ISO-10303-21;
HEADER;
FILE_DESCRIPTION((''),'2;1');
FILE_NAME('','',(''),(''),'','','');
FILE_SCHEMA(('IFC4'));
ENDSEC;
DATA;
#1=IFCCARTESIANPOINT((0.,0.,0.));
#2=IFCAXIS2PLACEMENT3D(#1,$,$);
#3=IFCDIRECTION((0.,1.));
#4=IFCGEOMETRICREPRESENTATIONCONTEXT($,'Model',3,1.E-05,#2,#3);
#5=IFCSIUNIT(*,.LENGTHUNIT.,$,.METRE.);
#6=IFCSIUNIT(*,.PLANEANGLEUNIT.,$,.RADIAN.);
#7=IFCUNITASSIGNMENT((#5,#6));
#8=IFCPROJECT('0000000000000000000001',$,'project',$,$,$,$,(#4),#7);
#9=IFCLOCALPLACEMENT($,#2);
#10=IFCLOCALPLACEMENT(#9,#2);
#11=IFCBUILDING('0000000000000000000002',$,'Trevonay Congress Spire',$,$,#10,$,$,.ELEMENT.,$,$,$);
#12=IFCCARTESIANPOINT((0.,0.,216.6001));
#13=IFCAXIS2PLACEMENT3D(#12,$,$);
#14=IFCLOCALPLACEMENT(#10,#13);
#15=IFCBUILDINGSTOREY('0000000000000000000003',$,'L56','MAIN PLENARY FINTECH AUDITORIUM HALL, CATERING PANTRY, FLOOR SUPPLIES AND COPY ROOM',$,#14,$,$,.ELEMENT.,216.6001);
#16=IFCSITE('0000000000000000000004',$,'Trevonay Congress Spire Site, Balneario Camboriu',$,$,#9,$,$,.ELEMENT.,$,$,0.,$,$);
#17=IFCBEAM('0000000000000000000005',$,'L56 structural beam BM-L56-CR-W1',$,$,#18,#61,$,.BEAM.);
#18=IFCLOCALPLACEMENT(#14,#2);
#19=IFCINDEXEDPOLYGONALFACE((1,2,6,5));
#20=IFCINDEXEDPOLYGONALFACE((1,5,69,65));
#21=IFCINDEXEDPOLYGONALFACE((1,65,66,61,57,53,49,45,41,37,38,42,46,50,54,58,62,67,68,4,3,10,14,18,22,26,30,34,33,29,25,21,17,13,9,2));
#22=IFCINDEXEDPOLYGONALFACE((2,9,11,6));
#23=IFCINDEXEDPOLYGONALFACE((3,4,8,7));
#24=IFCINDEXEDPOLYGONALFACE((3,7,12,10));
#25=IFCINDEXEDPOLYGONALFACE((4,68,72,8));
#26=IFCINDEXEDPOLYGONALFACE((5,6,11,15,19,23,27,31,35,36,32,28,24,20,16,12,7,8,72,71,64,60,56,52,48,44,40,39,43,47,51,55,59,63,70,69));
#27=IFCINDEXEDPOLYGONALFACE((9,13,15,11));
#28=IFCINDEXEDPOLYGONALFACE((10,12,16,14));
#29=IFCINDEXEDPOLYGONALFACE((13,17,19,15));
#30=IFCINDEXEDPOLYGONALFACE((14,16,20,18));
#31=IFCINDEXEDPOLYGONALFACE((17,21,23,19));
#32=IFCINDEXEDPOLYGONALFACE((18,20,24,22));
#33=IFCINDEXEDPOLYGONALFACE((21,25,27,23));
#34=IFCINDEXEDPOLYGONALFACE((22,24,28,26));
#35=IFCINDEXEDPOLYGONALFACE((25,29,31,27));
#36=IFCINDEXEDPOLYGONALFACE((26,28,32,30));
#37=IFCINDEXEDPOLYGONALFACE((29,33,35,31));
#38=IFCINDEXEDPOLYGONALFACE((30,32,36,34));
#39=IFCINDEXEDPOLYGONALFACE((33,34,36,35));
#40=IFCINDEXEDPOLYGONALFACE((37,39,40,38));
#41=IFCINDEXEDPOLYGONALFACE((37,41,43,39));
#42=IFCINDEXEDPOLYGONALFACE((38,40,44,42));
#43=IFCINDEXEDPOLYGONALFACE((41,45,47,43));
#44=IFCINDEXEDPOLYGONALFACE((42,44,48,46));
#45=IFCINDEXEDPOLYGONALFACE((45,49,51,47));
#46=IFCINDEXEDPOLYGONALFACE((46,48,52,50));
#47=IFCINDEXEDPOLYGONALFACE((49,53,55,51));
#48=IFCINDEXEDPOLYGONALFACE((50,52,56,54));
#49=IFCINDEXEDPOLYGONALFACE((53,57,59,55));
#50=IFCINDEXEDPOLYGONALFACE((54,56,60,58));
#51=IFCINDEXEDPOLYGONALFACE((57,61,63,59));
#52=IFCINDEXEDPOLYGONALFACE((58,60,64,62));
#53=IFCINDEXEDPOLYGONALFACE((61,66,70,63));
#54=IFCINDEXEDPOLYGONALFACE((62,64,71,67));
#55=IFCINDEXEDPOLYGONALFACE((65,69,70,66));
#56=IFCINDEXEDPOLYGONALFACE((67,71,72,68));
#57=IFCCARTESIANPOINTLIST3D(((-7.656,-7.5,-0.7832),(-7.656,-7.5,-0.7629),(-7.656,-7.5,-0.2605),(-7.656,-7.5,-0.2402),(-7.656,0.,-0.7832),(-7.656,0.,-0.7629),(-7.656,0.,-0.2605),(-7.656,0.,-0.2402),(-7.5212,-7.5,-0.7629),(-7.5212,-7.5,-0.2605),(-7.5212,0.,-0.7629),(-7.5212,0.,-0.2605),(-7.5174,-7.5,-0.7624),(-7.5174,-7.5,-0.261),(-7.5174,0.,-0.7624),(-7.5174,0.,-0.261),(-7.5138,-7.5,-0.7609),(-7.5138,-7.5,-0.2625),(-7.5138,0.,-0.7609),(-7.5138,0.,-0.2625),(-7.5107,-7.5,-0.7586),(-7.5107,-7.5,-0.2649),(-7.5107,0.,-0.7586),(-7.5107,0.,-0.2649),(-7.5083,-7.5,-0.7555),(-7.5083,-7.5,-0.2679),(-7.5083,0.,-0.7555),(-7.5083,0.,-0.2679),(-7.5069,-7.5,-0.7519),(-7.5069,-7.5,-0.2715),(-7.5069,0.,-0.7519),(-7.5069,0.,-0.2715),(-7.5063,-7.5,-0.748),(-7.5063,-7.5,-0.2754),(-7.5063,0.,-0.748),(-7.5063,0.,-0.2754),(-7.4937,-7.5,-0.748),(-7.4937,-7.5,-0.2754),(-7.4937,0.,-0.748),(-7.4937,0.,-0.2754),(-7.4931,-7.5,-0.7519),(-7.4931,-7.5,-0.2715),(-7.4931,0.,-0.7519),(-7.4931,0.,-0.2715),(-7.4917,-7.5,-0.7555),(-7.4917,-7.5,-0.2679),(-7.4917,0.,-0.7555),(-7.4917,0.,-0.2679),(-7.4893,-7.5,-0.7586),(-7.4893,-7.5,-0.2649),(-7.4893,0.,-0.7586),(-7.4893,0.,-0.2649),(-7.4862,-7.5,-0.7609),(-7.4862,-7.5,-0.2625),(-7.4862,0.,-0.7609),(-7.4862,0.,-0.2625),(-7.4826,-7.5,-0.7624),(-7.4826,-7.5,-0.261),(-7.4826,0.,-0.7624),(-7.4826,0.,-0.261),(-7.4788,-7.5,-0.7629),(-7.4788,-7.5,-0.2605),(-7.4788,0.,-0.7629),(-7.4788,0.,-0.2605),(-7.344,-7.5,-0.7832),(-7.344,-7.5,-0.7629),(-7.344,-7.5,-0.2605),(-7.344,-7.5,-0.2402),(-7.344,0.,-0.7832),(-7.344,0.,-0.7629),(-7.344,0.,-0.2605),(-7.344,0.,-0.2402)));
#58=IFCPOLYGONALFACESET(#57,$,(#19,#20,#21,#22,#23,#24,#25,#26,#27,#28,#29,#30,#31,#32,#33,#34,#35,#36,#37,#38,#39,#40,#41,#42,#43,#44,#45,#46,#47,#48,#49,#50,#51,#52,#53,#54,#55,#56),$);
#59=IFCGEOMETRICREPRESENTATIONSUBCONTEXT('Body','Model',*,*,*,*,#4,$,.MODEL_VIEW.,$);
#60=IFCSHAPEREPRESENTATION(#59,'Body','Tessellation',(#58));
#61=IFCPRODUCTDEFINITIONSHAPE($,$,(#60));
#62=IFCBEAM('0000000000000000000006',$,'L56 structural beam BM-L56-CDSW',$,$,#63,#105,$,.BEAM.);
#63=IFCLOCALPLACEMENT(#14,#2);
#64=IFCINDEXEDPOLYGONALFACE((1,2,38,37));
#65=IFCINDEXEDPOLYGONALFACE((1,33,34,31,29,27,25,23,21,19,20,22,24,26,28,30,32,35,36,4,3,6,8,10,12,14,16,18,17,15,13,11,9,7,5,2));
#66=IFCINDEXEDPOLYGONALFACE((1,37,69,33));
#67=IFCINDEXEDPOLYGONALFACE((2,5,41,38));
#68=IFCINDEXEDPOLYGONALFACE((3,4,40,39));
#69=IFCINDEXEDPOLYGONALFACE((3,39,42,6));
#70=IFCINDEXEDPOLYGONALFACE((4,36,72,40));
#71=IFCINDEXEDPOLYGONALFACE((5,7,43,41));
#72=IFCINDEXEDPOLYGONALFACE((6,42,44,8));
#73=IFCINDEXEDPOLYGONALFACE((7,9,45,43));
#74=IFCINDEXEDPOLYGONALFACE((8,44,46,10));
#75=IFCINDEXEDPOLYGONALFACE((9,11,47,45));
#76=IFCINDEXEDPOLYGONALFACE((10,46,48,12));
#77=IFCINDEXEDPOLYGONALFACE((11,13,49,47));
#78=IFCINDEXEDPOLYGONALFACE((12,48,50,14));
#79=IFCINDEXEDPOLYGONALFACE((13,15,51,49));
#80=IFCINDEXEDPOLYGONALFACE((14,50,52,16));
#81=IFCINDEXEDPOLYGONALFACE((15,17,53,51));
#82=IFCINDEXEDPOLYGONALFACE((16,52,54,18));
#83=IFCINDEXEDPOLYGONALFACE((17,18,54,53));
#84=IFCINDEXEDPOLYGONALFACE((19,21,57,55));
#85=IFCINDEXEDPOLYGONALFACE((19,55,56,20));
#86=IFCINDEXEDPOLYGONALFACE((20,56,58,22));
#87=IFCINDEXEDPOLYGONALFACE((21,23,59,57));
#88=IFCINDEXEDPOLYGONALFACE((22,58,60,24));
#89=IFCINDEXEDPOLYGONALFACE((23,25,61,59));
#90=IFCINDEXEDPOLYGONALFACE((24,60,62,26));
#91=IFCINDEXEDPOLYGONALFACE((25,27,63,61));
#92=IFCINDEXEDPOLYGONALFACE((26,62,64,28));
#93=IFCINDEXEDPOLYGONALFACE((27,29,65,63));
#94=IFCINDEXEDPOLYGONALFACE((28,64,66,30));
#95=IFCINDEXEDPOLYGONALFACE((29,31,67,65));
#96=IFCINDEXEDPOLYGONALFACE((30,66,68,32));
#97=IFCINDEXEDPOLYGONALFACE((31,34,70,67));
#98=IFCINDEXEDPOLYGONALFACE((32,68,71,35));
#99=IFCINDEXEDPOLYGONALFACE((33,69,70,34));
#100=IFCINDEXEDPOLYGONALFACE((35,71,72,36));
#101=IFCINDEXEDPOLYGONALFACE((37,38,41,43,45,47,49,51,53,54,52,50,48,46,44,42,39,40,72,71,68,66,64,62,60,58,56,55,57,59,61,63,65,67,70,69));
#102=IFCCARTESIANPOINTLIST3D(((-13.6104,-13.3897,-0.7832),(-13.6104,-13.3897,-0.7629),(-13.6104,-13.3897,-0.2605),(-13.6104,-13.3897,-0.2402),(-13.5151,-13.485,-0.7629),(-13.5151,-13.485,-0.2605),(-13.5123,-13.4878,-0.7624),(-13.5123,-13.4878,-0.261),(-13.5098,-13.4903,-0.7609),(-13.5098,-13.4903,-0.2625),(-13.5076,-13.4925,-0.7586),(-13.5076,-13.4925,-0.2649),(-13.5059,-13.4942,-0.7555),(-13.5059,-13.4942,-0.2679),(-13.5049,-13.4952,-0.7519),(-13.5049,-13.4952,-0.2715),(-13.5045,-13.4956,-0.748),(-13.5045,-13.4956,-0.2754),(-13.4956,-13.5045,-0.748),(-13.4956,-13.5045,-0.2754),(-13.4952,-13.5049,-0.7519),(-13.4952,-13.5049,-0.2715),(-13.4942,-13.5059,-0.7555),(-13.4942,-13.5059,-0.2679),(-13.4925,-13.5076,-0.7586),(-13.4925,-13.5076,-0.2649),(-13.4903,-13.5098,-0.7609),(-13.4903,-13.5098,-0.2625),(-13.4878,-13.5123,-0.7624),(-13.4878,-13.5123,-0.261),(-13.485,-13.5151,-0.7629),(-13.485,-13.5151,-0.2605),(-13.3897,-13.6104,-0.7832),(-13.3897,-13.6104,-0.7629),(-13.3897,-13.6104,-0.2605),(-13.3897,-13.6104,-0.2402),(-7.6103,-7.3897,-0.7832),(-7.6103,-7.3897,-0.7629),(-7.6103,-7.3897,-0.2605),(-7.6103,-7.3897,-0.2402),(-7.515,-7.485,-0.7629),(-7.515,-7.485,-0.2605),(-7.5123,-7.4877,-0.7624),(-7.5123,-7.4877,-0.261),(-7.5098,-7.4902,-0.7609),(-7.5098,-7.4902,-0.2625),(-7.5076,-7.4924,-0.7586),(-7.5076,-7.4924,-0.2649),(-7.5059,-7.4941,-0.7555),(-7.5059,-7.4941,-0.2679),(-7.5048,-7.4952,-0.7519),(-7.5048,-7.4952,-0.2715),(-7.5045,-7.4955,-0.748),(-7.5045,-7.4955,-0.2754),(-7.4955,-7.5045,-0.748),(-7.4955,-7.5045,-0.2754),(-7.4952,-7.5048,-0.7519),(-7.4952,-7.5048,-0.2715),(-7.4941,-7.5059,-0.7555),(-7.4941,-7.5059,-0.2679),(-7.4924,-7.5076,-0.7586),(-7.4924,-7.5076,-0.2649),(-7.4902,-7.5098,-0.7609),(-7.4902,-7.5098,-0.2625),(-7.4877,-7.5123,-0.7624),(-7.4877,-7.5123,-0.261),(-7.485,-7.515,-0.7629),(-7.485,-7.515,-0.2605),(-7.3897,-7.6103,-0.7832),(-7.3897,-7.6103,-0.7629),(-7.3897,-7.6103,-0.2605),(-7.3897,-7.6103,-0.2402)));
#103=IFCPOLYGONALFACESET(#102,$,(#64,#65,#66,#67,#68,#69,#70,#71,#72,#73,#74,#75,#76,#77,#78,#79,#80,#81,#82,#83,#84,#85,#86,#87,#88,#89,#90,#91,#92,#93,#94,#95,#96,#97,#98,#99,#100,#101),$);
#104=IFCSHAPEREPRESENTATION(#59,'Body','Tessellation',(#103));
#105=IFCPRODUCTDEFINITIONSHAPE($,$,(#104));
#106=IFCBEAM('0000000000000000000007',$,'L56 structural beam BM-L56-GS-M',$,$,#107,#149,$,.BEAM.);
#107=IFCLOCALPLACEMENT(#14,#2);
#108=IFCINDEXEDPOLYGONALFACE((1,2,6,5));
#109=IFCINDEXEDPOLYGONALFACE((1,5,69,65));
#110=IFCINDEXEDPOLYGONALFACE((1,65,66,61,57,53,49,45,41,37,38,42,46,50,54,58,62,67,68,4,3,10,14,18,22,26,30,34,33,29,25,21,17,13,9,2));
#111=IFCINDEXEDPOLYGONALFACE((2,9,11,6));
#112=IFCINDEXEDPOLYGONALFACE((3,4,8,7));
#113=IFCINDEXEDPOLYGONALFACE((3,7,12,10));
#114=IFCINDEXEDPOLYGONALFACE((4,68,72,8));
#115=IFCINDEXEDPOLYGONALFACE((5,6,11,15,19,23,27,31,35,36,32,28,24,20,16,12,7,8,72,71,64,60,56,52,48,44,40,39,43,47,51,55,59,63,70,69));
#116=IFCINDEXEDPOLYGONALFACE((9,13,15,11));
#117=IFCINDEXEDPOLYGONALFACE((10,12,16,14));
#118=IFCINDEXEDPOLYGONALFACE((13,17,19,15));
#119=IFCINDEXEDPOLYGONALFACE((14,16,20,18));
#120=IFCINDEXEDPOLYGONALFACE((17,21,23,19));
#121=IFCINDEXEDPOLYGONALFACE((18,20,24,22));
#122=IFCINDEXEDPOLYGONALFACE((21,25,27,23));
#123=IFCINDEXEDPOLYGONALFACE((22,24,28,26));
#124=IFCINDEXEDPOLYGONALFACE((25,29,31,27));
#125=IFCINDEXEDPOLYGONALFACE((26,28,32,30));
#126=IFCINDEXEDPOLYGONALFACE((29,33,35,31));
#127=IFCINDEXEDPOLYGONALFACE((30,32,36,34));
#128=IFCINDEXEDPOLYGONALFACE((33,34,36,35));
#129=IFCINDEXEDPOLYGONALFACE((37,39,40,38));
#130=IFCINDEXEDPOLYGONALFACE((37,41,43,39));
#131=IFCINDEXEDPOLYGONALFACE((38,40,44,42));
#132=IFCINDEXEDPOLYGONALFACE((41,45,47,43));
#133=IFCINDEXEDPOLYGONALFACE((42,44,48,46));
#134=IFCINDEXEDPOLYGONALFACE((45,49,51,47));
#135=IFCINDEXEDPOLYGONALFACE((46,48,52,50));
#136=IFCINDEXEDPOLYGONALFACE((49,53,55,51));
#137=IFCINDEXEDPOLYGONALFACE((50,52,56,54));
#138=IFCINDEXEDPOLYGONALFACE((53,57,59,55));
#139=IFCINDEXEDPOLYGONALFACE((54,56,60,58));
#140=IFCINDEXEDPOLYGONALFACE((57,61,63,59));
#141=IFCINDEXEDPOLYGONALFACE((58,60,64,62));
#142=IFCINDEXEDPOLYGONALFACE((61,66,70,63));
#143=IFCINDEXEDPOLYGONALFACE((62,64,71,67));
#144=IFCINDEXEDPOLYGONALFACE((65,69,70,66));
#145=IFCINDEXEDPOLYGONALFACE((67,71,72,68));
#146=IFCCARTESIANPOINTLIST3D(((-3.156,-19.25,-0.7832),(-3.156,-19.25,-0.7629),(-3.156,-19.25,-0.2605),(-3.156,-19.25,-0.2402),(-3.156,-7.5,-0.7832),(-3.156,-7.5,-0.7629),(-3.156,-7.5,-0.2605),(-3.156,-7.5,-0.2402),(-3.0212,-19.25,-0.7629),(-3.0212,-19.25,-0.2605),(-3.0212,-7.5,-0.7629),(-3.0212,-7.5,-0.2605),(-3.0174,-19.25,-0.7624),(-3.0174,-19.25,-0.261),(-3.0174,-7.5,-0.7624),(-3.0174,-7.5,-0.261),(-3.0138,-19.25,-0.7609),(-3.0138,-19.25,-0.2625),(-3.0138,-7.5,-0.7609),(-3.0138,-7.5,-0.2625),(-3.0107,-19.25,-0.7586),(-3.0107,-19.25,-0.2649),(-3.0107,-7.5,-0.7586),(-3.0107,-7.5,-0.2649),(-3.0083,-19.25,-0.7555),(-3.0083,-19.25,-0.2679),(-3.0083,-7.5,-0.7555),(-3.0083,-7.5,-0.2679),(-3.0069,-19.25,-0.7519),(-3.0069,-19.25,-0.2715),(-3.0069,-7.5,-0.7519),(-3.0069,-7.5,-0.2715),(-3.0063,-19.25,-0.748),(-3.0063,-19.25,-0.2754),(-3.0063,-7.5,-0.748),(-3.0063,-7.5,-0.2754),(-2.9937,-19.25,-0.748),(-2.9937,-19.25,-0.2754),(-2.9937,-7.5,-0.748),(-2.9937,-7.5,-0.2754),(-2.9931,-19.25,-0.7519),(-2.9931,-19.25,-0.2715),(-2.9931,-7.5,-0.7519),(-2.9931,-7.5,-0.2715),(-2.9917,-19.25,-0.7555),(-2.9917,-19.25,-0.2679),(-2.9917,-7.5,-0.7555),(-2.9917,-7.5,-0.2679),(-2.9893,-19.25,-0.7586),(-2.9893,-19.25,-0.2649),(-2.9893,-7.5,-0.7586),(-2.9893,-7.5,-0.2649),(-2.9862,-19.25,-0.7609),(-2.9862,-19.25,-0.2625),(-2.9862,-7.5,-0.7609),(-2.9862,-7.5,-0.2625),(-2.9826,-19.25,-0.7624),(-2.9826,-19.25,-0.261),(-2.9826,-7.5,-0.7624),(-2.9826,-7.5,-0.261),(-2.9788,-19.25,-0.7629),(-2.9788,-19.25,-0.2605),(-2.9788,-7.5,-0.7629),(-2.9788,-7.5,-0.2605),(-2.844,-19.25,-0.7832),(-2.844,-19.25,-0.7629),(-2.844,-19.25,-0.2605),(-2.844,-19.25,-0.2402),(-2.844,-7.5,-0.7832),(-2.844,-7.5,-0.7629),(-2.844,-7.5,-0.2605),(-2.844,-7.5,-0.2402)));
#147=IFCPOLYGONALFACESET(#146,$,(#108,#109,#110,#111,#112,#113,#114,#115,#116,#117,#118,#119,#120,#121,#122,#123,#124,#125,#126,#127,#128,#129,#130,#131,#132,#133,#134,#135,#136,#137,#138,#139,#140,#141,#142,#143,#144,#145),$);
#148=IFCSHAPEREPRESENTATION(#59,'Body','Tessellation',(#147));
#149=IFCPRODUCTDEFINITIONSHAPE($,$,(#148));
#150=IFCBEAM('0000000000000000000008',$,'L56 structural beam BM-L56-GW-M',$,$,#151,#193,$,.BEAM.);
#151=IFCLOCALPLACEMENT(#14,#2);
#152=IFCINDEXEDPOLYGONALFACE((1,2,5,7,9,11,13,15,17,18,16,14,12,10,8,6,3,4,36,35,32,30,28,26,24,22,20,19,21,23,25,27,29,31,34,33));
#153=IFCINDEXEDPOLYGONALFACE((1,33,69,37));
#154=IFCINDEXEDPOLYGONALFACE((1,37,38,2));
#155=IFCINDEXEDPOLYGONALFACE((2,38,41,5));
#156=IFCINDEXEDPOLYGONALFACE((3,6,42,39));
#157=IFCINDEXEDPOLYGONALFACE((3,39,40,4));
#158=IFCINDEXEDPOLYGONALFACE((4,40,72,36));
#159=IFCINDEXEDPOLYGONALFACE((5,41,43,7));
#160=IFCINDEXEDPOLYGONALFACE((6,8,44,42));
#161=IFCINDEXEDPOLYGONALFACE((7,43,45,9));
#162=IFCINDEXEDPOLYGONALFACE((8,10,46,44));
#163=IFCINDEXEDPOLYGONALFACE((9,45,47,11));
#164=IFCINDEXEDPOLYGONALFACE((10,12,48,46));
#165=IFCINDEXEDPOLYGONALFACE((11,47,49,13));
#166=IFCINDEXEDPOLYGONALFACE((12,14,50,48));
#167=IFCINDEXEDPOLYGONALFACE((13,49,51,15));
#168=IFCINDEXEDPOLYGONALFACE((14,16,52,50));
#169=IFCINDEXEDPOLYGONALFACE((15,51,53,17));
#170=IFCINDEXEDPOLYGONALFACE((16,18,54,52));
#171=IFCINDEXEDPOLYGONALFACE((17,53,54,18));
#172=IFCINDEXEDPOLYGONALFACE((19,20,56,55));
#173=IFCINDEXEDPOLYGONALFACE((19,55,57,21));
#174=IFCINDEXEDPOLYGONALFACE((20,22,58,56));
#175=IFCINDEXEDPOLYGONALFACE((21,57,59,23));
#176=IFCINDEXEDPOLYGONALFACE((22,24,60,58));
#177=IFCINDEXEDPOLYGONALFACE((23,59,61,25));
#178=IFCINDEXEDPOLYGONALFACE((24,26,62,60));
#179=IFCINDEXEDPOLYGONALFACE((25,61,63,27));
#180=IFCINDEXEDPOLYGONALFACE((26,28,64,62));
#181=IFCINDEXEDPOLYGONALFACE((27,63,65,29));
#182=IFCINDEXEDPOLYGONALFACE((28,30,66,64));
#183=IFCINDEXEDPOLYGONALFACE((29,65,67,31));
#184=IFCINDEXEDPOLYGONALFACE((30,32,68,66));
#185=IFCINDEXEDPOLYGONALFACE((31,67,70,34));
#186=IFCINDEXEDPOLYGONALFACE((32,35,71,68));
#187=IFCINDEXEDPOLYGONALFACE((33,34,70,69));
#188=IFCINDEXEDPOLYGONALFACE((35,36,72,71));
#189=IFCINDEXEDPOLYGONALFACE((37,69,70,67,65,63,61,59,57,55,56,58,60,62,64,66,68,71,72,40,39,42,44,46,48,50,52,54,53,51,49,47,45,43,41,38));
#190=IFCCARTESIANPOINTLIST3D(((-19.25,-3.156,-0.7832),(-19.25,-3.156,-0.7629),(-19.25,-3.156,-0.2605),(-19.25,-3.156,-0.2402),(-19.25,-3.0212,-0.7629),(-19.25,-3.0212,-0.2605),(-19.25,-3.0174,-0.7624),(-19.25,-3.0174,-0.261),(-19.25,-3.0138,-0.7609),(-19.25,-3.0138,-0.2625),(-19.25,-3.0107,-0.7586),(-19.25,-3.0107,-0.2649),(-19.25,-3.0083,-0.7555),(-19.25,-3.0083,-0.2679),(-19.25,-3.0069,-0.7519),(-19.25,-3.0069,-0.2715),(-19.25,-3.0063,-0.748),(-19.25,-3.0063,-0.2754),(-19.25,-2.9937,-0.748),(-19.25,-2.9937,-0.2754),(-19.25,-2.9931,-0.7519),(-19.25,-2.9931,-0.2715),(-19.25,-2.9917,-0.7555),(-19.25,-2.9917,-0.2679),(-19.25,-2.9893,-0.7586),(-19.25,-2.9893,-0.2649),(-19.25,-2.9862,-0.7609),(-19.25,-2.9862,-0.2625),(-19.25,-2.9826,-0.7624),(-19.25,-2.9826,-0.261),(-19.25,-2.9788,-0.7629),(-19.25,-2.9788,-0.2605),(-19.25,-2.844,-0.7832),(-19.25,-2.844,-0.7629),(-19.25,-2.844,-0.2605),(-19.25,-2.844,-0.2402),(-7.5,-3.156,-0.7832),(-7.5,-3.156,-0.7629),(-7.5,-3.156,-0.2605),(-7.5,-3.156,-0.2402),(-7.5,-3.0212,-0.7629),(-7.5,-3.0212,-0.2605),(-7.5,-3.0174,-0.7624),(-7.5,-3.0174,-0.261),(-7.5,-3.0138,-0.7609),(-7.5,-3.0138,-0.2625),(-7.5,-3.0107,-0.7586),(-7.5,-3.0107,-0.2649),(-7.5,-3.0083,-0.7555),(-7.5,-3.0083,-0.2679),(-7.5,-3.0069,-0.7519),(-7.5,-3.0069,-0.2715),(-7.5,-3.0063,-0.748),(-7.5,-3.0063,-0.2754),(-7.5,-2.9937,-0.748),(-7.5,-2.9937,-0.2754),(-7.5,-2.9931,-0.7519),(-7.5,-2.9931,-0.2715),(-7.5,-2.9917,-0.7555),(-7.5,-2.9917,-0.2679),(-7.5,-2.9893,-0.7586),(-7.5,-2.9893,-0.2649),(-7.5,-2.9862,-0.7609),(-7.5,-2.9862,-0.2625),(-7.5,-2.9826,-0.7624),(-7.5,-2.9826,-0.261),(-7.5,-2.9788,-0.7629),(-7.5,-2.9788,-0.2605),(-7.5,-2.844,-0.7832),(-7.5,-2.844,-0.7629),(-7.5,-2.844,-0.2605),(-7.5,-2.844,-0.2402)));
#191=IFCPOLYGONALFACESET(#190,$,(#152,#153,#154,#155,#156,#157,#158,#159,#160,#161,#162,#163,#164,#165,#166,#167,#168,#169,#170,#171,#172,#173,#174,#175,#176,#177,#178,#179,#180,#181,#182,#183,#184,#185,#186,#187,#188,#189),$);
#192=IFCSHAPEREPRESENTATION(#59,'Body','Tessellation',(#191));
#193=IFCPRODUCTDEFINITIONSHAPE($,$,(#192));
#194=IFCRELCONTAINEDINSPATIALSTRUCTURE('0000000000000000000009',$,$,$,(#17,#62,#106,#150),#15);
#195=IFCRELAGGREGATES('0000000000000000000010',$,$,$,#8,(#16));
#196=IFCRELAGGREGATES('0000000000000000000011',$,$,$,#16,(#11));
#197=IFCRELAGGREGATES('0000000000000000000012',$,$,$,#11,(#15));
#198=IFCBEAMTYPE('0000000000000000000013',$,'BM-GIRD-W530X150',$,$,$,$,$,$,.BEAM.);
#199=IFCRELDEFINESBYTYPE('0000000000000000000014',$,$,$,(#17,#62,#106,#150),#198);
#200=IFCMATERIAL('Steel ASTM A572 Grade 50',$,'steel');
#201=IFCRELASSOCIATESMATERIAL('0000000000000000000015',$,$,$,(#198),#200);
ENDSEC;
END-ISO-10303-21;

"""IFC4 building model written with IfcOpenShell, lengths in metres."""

from ifc_helpers import new_model, si_unit, direction, frame, origin, origin_2d, place, context, subcontext, project, spatial, i_section, extrude, material, material_profile, profile_set, type_object, element, save


model = new_model("IFC4")

# Units and contexts
model_context = context("Model", 3, precision=1e-05, world=origin(), true_north=direction((0.0, 1.0)))
body_context = subcontext(model_context, "Body", "Model", "MODEL_VIEW")
ifc_project = project(units=[si_unit("LENGTHUNIT", "METRE"), si_unit("PLANEANGLEUNIT", "RADIAN")], contexts=[model_context])

# Site, building, storey
site_placement = place(None, origin())
site = spatial("IfcSite", under=ifc_project, at=site_placement, Name="Trevonay Congress Spire Site, Balneario Camboriu", CompositionType="ELEMENT", RefElevation=0.0)
building_placement = place(site_placement, origin())
building = spatial("IfcBuilding", under=site, at=building_placement, Name="Trevonay Congress Spire", CompositionType="ELEMENT")
storey_placement = place(building_placement, frame((0.0, 0.0, 216.6001)))
storey = spatial("IfcBuildingStorey", under=building, at=storey_placement, Name="L56", Description="MAIN PLENARY FINTECH AUDITORIUM HALL, CATERING PANTRY, FLOOR SUPPLIES AND COPY ROOM", CompositionType="ELEMENT", Elevation=216.6001)

# Shared definitions
ifc_material_1 = material(Name="Steel ASTM A572 Grade 50", Category="steel")

# Beams
ifc_material_profile_1 = material_profile(ifc_material_1, i_section(OverallWidth=0.312, OverallDepth=0.543, WebThickness=0.0127, FlangeThickness=0.0203, FilletRadius=0.0149, at=origin_2d()), Name="W530x150")
ifc_profile_set_1 = profile_set([ifc_material_profile_1], Name="Steel ASTM A572 Grade 50")
beam_type_1 = type_object("IfcBeamType", Name="BM-GIRD-W530X150", PredefinedType="BEAM", material=ifc_profile_set_1)
beam_1_placement = place(storey_placement, frame((-7.5, -7.5, -0.5117), z_axis=(0.0, 1.0, 0.0), x_axis=(-1.0, 0.0, 0.0)))
element("IfcBeam", 1, at=beam_1_placement, inside=storey, type_object=beam_type_1, Name="L56 structural beam BM-L56-CR-W1", PredefinedType="BEAM", context=body_context, shape_type="SweptSolid", body=[
    extrude(i_section(OverallWidth=0.312, OverallDepth=0.543, WebThickness=0.0127, FlangeThickness=0.0203, FilletRadius=0.0149, at=origin_2d()), origin(), (0.0, 0.0, 1.0), 7.5),
])
beam_2_placement = place(storey_placement, frame((-7.5, -7.5, -0.5117), z_axis=(-0.707107, -0.707107, 0.0), x_axis=(0.707107, -0.707107, 0.0)))
element("IfcBeam", 2, at=beam_2_placement, inside=storey, type_object=beam_type_1, Name="L56 structural beam BM-L56-CDSW", PredefinedType="BEAM", context=body_context, shape_type="SweptSolid", body=[
    extrude(i_section(OverallWidth=0.312, OverallDepth=0.543, WebThickness=0.0127, FlangeThickness=0.0203, FilletRadius=0.0149, at=origin_2d()), origin(), (0.0, 0.0, 1.0), 8.4854),
])
for number, where, z_axis, x_axis, name in (
    (3, (-3.0, -7.5, -0.5117), (0.0, -1.0, 0.0), (1.0, 0.0, 0.0), "L56 structural beam BM-L56-GS-M"),
    (4, (-7.5, -3.0, -0.5117), (-1.0, 0.0, 0.0), (0.0, -1.0, 0.0), "L56 structural beam BM-L56-GW-M"),
):
    element("IfcBeam", number, at=place(storey_placement, frame(where, z_axis=z_axis, x_axis=x_axis)), inside=storey, type_object=beam_type_1, Name=name, PredefinedType="BEAM", context=body_context, shape_type="SweptSolid", body=[
        extrude(i_section(OverallWidth=0.312, OverallDepth=0.543, WebThickness=0.0127, FlangeThickness=0.0203, FilletRadius=0.0149, at=origin_2d()), origin(), (0.0, 0.0, 1.0), 11.75),
    ])

save(model, "model.ifc")
